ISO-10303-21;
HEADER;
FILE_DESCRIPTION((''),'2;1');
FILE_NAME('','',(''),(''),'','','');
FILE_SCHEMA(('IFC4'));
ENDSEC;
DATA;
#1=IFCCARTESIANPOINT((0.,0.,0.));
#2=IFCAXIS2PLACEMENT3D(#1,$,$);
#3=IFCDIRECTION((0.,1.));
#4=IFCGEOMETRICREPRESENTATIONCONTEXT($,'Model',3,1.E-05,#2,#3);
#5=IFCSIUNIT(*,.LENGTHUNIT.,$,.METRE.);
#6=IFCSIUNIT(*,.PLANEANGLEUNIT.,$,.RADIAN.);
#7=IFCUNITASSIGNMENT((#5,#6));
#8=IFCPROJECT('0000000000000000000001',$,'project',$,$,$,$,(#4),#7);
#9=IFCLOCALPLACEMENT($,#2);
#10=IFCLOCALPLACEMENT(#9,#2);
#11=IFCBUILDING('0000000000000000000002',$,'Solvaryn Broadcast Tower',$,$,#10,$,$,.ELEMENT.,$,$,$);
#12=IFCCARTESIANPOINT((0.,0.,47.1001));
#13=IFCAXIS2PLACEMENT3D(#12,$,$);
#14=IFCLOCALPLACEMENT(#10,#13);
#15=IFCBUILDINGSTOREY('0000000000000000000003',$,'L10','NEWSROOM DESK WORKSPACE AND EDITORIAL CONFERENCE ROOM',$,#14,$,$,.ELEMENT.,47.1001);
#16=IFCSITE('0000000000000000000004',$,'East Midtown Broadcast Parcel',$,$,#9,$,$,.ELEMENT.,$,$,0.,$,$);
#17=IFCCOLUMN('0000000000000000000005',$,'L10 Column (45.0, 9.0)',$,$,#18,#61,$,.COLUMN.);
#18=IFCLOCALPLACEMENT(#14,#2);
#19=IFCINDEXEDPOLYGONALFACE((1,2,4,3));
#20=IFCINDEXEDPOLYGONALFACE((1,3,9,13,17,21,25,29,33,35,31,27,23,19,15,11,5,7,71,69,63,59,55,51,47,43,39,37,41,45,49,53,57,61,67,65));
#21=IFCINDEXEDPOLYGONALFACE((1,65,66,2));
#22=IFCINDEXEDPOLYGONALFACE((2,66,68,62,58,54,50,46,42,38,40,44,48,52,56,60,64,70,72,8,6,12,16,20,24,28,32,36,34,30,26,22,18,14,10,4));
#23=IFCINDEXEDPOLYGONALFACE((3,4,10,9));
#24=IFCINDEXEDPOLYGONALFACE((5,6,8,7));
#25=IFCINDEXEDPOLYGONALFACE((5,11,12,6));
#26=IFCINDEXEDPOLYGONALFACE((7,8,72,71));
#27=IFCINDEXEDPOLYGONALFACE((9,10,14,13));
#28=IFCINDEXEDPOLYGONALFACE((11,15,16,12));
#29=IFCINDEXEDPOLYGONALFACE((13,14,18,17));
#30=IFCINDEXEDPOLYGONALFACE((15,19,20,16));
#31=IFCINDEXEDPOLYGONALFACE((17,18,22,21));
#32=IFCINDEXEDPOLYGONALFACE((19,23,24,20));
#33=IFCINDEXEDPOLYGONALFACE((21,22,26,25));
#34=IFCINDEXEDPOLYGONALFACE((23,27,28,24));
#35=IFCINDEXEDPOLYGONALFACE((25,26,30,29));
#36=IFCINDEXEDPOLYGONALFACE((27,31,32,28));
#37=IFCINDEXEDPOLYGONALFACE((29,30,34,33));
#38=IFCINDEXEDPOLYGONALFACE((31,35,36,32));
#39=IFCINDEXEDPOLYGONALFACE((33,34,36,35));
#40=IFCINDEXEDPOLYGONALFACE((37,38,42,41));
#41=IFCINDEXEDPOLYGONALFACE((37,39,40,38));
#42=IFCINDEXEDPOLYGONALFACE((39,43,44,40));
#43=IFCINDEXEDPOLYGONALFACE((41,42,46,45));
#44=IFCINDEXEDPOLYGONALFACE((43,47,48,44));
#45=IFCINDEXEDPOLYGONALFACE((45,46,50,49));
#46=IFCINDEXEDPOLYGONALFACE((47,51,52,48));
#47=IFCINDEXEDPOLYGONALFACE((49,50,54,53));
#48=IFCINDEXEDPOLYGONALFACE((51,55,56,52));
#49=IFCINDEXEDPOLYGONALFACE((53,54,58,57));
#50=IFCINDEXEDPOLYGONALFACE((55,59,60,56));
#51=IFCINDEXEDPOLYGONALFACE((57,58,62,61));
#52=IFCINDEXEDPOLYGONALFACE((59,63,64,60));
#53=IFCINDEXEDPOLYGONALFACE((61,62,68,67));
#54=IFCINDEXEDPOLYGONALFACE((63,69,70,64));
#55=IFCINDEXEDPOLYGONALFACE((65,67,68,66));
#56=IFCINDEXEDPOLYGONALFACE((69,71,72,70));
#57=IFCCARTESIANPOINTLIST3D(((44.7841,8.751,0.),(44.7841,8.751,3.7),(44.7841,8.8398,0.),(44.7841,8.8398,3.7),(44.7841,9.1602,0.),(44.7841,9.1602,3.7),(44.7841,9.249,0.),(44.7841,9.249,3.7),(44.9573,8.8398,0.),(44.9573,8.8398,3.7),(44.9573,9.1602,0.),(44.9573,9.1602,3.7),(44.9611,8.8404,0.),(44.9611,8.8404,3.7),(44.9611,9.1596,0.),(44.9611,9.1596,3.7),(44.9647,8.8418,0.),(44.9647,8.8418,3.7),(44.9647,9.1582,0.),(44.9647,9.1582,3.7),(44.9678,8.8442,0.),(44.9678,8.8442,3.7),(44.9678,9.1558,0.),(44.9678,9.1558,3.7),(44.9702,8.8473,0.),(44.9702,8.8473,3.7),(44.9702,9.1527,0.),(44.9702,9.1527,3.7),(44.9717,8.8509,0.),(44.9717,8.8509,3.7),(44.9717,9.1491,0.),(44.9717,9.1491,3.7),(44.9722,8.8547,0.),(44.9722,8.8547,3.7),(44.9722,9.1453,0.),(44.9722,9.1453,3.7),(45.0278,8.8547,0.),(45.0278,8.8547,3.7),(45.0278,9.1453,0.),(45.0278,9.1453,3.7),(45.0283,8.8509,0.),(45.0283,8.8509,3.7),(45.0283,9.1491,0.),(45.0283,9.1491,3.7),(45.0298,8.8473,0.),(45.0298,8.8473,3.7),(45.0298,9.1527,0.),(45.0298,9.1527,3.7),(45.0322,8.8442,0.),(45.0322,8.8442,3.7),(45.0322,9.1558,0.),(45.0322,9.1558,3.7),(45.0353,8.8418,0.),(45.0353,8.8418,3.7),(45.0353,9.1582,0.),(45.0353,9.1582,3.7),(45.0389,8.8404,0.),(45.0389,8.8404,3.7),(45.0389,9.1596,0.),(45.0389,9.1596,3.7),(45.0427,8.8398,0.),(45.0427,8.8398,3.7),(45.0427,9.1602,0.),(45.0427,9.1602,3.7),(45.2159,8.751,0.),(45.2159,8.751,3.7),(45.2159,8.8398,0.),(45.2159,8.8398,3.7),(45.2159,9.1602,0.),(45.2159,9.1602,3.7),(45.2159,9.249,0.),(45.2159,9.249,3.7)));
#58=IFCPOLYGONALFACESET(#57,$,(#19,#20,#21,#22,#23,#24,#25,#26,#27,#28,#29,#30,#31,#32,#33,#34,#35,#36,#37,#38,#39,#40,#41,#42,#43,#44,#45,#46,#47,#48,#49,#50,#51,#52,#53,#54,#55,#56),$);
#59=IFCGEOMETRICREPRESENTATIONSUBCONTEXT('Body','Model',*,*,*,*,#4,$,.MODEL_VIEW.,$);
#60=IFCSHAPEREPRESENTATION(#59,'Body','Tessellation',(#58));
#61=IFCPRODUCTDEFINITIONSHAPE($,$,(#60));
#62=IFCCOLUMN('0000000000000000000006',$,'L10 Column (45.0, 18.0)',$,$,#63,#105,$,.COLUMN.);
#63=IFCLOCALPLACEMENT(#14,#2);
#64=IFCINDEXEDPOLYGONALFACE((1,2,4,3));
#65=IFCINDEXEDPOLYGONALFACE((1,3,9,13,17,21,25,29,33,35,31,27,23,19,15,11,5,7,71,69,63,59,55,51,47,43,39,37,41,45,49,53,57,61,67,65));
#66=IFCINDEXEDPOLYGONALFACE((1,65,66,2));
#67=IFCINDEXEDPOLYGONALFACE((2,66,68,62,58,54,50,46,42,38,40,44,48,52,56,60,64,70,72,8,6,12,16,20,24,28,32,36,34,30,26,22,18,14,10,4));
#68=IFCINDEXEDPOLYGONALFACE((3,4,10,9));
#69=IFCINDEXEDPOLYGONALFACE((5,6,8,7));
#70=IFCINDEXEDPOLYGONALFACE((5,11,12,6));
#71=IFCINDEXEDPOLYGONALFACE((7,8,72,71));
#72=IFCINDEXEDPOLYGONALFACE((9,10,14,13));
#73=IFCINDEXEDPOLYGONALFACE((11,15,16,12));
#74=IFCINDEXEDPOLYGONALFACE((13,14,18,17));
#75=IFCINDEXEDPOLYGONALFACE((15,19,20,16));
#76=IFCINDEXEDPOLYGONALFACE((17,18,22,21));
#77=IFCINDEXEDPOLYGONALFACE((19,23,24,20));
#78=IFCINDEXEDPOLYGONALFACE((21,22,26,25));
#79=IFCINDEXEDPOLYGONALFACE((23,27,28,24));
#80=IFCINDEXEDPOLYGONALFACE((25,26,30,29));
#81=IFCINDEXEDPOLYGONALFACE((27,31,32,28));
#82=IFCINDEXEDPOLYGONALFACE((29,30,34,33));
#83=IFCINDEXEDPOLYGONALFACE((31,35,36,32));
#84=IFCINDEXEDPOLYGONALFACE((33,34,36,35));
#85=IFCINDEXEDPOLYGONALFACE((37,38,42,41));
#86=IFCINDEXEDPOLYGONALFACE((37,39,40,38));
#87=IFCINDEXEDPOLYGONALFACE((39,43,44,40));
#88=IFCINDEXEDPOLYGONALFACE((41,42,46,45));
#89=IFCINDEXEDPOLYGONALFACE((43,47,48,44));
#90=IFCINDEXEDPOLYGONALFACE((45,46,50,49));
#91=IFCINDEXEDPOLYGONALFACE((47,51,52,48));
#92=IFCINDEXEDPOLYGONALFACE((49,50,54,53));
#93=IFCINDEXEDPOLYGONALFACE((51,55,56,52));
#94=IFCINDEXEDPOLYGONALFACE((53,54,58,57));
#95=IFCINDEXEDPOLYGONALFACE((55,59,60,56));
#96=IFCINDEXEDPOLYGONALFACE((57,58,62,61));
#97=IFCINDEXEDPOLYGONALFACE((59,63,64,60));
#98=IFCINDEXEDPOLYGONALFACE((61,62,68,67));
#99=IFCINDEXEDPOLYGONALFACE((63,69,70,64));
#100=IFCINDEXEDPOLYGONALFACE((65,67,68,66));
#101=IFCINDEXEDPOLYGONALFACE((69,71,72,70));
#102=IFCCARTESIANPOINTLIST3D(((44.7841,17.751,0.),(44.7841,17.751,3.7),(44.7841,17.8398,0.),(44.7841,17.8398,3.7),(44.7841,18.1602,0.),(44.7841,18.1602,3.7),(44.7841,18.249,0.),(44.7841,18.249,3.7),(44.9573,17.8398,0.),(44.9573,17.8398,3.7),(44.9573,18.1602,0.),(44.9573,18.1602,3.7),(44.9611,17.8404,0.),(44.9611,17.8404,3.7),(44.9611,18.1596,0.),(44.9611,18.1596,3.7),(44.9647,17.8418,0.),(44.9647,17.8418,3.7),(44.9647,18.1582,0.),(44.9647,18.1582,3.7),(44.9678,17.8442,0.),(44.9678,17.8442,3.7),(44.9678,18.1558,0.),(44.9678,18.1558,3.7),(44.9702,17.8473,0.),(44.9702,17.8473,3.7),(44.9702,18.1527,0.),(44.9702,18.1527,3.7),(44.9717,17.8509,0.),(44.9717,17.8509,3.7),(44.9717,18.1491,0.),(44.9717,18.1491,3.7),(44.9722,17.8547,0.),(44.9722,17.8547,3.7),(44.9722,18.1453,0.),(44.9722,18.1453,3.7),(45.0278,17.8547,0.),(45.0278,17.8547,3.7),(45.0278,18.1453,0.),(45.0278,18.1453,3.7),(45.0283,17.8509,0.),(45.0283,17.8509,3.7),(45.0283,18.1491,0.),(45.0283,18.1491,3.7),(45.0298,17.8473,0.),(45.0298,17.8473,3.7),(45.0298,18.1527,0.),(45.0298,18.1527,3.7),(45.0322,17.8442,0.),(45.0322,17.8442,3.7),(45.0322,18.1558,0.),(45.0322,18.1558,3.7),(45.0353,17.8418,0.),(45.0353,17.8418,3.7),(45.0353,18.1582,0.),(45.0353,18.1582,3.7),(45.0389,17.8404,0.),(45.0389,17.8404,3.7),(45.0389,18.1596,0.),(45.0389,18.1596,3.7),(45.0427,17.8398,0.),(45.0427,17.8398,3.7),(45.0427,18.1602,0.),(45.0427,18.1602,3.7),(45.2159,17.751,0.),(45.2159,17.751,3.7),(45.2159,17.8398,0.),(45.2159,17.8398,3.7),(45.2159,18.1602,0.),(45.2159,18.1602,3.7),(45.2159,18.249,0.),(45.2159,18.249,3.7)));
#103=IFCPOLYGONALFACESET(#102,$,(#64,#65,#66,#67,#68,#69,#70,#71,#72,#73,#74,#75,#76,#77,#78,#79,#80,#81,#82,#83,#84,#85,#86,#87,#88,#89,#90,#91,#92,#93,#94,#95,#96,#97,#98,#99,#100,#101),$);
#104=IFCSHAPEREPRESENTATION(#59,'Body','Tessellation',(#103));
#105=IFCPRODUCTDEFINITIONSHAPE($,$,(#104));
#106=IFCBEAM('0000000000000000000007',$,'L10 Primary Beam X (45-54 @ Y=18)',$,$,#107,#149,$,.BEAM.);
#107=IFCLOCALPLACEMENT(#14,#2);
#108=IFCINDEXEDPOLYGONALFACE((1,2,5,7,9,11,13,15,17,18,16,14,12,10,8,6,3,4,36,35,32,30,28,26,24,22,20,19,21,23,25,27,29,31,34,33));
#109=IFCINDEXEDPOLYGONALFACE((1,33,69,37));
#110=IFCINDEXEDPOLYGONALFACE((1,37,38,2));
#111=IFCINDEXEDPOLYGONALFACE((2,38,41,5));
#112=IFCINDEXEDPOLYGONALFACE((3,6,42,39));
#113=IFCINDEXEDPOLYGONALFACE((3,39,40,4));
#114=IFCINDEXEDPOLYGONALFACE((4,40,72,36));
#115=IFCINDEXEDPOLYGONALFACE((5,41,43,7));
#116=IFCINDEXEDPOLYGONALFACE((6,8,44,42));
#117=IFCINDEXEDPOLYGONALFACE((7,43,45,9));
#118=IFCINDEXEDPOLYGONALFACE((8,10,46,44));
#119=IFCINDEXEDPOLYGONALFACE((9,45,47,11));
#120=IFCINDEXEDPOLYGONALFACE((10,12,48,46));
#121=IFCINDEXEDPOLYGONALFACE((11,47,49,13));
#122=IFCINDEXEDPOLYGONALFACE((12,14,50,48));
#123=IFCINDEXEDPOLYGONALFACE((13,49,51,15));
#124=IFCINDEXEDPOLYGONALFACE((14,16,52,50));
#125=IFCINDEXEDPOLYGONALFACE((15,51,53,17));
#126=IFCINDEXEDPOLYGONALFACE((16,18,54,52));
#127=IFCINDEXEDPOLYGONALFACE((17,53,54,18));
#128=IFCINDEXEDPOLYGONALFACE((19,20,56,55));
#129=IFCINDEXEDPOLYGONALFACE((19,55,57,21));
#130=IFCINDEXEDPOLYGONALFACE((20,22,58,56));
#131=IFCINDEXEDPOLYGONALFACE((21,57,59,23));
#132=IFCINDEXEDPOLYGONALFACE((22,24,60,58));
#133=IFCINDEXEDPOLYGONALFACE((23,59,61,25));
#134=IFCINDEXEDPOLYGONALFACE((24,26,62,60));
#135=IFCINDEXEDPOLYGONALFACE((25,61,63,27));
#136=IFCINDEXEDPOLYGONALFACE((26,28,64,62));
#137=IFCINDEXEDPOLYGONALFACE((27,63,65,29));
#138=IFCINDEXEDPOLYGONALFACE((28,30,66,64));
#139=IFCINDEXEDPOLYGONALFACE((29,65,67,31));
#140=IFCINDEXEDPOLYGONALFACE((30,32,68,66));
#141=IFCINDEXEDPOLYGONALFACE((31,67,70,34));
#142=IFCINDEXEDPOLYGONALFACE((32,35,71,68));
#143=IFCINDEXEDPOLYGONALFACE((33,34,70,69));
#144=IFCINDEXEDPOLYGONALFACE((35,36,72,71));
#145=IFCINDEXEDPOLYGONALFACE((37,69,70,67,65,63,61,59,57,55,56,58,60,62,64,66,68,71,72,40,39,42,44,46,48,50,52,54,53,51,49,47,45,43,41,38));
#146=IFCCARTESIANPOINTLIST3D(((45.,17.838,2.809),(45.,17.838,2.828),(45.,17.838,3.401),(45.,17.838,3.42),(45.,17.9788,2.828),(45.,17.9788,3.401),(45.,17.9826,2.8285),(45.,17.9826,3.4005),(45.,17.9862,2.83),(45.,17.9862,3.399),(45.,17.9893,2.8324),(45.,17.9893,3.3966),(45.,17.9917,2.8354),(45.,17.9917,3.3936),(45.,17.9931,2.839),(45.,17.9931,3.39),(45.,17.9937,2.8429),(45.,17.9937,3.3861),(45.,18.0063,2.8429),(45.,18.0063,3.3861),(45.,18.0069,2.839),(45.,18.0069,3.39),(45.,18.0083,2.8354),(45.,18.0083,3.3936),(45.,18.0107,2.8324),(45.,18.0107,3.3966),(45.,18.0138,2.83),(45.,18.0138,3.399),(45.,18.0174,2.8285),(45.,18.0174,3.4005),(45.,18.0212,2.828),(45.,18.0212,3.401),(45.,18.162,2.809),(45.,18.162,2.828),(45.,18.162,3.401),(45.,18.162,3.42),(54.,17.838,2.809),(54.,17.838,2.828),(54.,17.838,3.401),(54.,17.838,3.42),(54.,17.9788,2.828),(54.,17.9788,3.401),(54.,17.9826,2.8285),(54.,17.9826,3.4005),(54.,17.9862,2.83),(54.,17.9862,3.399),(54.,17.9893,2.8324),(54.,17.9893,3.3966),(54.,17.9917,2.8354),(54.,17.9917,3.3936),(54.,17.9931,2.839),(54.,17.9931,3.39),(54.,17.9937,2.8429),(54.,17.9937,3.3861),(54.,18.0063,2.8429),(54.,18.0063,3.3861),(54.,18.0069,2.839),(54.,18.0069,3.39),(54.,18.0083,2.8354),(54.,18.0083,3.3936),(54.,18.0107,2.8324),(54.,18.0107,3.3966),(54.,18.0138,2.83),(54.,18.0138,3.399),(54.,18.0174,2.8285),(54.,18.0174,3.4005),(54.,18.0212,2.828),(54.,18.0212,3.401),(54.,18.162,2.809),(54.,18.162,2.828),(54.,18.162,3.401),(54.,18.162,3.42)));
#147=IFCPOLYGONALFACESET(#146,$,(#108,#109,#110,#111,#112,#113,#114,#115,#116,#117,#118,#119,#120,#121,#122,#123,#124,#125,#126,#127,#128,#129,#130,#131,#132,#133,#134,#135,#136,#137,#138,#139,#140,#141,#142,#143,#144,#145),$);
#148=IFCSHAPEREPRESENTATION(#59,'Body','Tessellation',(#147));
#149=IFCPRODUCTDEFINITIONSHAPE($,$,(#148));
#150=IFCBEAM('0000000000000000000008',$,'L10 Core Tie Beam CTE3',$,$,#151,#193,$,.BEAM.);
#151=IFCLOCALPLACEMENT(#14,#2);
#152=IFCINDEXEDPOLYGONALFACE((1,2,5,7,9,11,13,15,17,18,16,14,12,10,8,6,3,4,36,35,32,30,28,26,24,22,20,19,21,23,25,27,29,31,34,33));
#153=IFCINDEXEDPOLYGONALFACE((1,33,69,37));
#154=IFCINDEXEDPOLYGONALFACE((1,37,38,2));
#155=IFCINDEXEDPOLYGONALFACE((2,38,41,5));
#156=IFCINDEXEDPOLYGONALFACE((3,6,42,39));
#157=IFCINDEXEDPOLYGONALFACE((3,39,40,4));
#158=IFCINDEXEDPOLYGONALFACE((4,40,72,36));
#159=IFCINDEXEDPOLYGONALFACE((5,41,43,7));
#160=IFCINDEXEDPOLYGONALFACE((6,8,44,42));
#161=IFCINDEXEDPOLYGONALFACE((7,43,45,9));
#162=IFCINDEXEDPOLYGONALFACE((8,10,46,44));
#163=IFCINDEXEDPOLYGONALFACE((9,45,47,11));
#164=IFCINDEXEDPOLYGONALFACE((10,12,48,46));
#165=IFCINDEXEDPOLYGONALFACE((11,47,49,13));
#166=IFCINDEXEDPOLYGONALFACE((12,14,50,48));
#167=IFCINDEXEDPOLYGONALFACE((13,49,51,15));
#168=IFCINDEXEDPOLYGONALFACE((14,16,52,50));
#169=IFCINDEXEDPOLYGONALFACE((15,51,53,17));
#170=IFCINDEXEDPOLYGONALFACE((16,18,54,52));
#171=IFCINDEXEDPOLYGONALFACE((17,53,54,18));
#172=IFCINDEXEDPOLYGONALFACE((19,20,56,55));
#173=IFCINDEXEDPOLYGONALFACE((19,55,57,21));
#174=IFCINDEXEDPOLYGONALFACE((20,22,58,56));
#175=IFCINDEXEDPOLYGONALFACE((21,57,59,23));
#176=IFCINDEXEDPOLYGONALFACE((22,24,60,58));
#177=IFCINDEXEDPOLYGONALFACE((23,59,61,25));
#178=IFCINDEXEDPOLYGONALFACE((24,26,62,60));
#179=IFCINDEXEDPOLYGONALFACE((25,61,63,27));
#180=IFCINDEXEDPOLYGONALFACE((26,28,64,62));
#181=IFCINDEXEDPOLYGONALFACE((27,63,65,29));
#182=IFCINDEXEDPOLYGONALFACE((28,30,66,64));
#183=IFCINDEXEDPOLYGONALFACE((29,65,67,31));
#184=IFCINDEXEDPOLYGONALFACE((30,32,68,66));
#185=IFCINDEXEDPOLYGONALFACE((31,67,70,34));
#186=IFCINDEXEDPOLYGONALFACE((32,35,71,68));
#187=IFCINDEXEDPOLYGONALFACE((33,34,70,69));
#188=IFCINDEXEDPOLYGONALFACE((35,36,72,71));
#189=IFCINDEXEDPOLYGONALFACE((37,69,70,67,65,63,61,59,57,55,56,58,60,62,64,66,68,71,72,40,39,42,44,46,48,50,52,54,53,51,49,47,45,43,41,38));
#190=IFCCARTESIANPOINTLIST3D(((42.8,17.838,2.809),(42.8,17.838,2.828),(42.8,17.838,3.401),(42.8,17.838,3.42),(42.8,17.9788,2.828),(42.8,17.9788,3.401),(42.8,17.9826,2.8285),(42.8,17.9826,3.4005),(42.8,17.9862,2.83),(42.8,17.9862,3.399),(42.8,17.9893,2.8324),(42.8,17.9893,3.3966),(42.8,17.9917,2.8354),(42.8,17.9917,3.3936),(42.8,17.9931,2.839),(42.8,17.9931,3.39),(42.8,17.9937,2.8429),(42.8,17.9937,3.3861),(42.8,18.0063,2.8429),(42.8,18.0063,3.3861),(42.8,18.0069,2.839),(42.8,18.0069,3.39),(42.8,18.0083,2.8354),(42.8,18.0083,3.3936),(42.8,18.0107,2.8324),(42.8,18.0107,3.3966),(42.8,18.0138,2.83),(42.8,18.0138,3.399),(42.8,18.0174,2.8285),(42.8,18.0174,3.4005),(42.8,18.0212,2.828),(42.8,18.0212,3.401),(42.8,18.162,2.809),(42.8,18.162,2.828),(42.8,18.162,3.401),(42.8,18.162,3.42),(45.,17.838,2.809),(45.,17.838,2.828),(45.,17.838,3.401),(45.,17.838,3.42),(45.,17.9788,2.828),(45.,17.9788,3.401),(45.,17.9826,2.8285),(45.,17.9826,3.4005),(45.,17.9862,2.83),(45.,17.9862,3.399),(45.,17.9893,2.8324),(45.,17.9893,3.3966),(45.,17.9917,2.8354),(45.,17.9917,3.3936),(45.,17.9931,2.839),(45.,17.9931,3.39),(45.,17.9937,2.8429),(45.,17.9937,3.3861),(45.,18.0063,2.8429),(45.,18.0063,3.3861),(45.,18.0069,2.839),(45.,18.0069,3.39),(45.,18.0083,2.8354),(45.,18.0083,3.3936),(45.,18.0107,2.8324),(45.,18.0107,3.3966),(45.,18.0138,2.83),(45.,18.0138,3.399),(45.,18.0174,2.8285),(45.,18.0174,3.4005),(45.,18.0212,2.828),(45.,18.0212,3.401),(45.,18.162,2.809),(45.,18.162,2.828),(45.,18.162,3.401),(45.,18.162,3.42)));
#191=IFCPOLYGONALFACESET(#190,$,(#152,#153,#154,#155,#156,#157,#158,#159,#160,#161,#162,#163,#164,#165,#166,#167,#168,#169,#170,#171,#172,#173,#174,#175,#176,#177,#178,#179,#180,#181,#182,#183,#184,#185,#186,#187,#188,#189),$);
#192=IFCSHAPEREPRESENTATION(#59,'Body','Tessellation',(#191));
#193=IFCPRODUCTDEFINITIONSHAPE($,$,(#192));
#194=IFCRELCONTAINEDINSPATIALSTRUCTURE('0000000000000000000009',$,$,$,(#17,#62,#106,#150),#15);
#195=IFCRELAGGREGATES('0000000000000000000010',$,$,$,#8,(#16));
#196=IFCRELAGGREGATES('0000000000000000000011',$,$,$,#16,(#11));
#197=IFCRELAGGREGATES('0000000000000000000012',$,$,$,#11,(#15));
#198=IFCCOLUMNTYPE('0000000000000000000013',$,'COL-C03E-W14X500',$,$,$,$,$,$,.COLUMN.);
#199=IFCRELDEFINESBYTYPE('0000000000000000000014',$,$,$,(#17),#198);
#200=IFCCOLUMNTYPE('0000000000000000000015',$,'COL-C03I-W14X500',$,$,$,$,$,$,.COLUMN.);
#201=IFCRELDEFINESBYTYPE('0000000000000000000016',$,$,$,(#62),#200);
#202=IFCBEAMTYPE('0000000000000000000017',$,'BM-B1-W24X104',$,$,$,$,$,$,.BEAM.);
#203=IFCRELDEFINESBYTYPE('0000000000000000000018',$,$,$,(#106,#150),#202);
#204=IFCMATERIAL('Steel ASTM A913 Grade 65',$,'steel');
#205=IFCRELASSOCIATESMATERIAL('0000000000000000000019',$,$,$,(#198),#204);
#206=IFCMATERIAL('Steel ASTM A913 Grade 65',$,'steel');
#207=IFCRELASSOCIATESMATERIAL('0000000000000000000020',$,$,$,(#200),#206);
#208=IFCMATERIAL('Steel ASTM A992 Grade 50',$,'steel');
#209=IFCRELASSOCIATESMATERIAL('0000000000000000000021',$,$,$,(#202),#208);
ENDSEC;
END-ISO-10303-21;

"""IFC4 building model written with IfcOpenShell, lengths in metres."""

from ifc_helpers import new_model, si_unit, direction, frame, origin, origin_2d, place, context, subcontext, project, spatial, i_section, extrude, material, material_profile, profile_set, type_object, element, save


model = new_model("IFC4")

# Units and contexts
model_context = context("Model", 3, precision=1e-05, world=origin(), true_north=direction((0.0, 1.0)))
body_context = subcontext(model_context, "Body", "Model", "MODEL_VIEW")
ifc_project = project(units=[si_unit("LENGTHUNIT", "METRE"), si_unit("PLANEANGLEUNIT", "RADIAN")], contexts=[model_context])

# Site, building, storey
site_placement = place(None, origin())
site = spatial("IfcSite", under=ifc_project, at=site_placement, Name="East Midtown Broadcast Parcel", CompositionType="ELEMENT", RefElevation=0.0)
building_placement = place(site_placement, origin())
building = spatial("IfcBuilding", under=site, at=building_placement, Name="Solvaryn Broadcast Tower", CompositionType="ELEMENT")
storey_placement = place(building_placement, frame((0.0, 0.0, 47.1001)))
storey = spatial("IfcBuildingStorey", under=building, at=storey_placement, Name="L10", Description="NEWSROOM DESK WORKSPACE AND EDITORIAL CONFERENCE ROOM", CompositionType="ELEMENT", Elevation=47.1001)

# Columns
ifc_material_1 = material(Name="Steel ASTM A913 Grade 65", Category="steel")
ifc_material_profile_1 = material_profile(ifc_material_1, i_section(OverallWidth=0.4319, OverallDepth=0.498, WebThickness=0.0557, FlangeThickness=0.0889, FilletRadius=0.0149, at=origin_2d()))
ifc_profile_set_1 = profile_set([ifc_material_profile_1], Name="Steel ASTM A913 Grade 65")
column_type_1 = type_object("IfcColumnType", Name="COL-C03E-W14X500", PredefinedType="COLUMN", material=ifc_profile_set_1)
column_1_placement = place(storey_placement, frame((45.0, 9.0, 0.0), z_axis=(0.0, 0.0, 1.0), x_axis=(1.0, 0.0, 0.0)))
element("IfcColumn", 1, at=column_1_placement, inside=storey, type_object=column_type_1, Name="L10 Column (45.0, 9.0)", PredefinedType="COLUMN", context=body_context, shape_type="SweptSolid", body=[
    extrude(i_section(OverallWidth=0.4319, OverallDepth=0.498, WebThickness=0.0557, FlangeThickness=0.0889, FilletRadius=0.0149, at=origin_2d()), origin(), (0.0, 0.0, 1.0), 3.7),
])
ifc_material_2 = material(Name="Steel ASTM A913 Grade 65", Category="steel")
ifc_material_profile_2 = material_profile(ifc_material_2, i_section(OverallWidth=0.4319, OverallDepth=0.498, WebThickness=0.0557, FlangeThickness=0.0889, FilletRadius=0.0149, at=origin_2d()))
ifc_profile_set_2 = profile_set([ifc_material_profile_2], Name="Steel ASTM A913 Grade 65")
column_type_2 = type_object("IfcColumnType", Name="COL-C03I-W14X500", PredefinedType="COLUMN", material=ifc_profile_set_2)
column_2_placement = place(storey_placement, frame((45.0, 18.0, 0.0), z_axis=(0.0, 0.0, 1.0), x_axis=(1.0, 0.0, 0.0)))
element("IfcColumn", 2, at=column_2_placement, inside=storey, type_object=column_type_2, Name="L10 Column (45.0, 18.0)", PredefinedType="COLUMN", context=body_context, shape_type="SweptSolid", body=[
    extrude(i_section(OverallWidth=0.4319, OverallDepth=0.498, WebThickness=0.0557, FlangeThickness=0.0889, FilletRadius=0.0149, at=origin_2d()), origin(), (0.0, 0.0, 1.0), 3.7),
])

# Beams
ifc_material_3 = material(Name="Steel ASTM A992 Grade 50", Category="steel")
ifc_material_profile_3 = material_profile(ifc_material_3, i_section(OverallWidth=0.324, OverallDepth=0.6111, WebThickness=0.0127, FlangeThickness=0.019, FilletRadius=0.0149, at=origin_2d()))
ifc_profile_set_3 = profile_set([ifc_material_profile_3], Name="Steel ASTM A992 Grade 50")
beam_type_1 = type_object("IfcBeamType", Name="BM-B1-W24X104", PredefinedType="BEAM", material=ifc_profile_set_3)
beam_1_placement = place(storey_placement, frame((45.0, 18.0, 3.1145), z_axis=(1.0, 0.0, 0.0), x_axis=(0.0, 1.0, 0.0)))
element("IfcBeam", 3, at=beam_1_placement, inside=storey, type_object=beam_type_1, Name="L10 Primary Beam X (45-54 @ Y=18)", PredefinedType="BEAM", context=body_context, shape_type="SweptSolid", body=[
    extrude(i_section(OverallWidth=0.324, OverallDepth=0.6111, WebThickness=0.0127, FlangeThickness=0.019, FilletRadius=0.0149, at=origin_2d()), origin(), (0.0, 0.0, 1.0), 9.0),
])
beam_2_placement = place(storey_placement, frame((42.8, 18.0, 3.1145), z_axis=(1.0, 0.0, 0.0), x_axis=(0.0, 1.0, 0.0)))
element("IfcBeam", 4, at=beam_2_placement, inside=storey, type_object=beam_type_1, Name="L10 Core Tie Beam CTE3", PredefinedType="BEAM", context=body_context, shape_type="SweptSolid", body=[
    extrude(i_section(OverallWidth=0.324, OverallDepth=0.6111, WebThickness=0.0127, FlangeThickness=0.019, FilletRadius=0.0149, at=origin_2d()), origin(), (0.0, 0.0, 1.0), 2.2),
])

save(model, "model.ifc")
